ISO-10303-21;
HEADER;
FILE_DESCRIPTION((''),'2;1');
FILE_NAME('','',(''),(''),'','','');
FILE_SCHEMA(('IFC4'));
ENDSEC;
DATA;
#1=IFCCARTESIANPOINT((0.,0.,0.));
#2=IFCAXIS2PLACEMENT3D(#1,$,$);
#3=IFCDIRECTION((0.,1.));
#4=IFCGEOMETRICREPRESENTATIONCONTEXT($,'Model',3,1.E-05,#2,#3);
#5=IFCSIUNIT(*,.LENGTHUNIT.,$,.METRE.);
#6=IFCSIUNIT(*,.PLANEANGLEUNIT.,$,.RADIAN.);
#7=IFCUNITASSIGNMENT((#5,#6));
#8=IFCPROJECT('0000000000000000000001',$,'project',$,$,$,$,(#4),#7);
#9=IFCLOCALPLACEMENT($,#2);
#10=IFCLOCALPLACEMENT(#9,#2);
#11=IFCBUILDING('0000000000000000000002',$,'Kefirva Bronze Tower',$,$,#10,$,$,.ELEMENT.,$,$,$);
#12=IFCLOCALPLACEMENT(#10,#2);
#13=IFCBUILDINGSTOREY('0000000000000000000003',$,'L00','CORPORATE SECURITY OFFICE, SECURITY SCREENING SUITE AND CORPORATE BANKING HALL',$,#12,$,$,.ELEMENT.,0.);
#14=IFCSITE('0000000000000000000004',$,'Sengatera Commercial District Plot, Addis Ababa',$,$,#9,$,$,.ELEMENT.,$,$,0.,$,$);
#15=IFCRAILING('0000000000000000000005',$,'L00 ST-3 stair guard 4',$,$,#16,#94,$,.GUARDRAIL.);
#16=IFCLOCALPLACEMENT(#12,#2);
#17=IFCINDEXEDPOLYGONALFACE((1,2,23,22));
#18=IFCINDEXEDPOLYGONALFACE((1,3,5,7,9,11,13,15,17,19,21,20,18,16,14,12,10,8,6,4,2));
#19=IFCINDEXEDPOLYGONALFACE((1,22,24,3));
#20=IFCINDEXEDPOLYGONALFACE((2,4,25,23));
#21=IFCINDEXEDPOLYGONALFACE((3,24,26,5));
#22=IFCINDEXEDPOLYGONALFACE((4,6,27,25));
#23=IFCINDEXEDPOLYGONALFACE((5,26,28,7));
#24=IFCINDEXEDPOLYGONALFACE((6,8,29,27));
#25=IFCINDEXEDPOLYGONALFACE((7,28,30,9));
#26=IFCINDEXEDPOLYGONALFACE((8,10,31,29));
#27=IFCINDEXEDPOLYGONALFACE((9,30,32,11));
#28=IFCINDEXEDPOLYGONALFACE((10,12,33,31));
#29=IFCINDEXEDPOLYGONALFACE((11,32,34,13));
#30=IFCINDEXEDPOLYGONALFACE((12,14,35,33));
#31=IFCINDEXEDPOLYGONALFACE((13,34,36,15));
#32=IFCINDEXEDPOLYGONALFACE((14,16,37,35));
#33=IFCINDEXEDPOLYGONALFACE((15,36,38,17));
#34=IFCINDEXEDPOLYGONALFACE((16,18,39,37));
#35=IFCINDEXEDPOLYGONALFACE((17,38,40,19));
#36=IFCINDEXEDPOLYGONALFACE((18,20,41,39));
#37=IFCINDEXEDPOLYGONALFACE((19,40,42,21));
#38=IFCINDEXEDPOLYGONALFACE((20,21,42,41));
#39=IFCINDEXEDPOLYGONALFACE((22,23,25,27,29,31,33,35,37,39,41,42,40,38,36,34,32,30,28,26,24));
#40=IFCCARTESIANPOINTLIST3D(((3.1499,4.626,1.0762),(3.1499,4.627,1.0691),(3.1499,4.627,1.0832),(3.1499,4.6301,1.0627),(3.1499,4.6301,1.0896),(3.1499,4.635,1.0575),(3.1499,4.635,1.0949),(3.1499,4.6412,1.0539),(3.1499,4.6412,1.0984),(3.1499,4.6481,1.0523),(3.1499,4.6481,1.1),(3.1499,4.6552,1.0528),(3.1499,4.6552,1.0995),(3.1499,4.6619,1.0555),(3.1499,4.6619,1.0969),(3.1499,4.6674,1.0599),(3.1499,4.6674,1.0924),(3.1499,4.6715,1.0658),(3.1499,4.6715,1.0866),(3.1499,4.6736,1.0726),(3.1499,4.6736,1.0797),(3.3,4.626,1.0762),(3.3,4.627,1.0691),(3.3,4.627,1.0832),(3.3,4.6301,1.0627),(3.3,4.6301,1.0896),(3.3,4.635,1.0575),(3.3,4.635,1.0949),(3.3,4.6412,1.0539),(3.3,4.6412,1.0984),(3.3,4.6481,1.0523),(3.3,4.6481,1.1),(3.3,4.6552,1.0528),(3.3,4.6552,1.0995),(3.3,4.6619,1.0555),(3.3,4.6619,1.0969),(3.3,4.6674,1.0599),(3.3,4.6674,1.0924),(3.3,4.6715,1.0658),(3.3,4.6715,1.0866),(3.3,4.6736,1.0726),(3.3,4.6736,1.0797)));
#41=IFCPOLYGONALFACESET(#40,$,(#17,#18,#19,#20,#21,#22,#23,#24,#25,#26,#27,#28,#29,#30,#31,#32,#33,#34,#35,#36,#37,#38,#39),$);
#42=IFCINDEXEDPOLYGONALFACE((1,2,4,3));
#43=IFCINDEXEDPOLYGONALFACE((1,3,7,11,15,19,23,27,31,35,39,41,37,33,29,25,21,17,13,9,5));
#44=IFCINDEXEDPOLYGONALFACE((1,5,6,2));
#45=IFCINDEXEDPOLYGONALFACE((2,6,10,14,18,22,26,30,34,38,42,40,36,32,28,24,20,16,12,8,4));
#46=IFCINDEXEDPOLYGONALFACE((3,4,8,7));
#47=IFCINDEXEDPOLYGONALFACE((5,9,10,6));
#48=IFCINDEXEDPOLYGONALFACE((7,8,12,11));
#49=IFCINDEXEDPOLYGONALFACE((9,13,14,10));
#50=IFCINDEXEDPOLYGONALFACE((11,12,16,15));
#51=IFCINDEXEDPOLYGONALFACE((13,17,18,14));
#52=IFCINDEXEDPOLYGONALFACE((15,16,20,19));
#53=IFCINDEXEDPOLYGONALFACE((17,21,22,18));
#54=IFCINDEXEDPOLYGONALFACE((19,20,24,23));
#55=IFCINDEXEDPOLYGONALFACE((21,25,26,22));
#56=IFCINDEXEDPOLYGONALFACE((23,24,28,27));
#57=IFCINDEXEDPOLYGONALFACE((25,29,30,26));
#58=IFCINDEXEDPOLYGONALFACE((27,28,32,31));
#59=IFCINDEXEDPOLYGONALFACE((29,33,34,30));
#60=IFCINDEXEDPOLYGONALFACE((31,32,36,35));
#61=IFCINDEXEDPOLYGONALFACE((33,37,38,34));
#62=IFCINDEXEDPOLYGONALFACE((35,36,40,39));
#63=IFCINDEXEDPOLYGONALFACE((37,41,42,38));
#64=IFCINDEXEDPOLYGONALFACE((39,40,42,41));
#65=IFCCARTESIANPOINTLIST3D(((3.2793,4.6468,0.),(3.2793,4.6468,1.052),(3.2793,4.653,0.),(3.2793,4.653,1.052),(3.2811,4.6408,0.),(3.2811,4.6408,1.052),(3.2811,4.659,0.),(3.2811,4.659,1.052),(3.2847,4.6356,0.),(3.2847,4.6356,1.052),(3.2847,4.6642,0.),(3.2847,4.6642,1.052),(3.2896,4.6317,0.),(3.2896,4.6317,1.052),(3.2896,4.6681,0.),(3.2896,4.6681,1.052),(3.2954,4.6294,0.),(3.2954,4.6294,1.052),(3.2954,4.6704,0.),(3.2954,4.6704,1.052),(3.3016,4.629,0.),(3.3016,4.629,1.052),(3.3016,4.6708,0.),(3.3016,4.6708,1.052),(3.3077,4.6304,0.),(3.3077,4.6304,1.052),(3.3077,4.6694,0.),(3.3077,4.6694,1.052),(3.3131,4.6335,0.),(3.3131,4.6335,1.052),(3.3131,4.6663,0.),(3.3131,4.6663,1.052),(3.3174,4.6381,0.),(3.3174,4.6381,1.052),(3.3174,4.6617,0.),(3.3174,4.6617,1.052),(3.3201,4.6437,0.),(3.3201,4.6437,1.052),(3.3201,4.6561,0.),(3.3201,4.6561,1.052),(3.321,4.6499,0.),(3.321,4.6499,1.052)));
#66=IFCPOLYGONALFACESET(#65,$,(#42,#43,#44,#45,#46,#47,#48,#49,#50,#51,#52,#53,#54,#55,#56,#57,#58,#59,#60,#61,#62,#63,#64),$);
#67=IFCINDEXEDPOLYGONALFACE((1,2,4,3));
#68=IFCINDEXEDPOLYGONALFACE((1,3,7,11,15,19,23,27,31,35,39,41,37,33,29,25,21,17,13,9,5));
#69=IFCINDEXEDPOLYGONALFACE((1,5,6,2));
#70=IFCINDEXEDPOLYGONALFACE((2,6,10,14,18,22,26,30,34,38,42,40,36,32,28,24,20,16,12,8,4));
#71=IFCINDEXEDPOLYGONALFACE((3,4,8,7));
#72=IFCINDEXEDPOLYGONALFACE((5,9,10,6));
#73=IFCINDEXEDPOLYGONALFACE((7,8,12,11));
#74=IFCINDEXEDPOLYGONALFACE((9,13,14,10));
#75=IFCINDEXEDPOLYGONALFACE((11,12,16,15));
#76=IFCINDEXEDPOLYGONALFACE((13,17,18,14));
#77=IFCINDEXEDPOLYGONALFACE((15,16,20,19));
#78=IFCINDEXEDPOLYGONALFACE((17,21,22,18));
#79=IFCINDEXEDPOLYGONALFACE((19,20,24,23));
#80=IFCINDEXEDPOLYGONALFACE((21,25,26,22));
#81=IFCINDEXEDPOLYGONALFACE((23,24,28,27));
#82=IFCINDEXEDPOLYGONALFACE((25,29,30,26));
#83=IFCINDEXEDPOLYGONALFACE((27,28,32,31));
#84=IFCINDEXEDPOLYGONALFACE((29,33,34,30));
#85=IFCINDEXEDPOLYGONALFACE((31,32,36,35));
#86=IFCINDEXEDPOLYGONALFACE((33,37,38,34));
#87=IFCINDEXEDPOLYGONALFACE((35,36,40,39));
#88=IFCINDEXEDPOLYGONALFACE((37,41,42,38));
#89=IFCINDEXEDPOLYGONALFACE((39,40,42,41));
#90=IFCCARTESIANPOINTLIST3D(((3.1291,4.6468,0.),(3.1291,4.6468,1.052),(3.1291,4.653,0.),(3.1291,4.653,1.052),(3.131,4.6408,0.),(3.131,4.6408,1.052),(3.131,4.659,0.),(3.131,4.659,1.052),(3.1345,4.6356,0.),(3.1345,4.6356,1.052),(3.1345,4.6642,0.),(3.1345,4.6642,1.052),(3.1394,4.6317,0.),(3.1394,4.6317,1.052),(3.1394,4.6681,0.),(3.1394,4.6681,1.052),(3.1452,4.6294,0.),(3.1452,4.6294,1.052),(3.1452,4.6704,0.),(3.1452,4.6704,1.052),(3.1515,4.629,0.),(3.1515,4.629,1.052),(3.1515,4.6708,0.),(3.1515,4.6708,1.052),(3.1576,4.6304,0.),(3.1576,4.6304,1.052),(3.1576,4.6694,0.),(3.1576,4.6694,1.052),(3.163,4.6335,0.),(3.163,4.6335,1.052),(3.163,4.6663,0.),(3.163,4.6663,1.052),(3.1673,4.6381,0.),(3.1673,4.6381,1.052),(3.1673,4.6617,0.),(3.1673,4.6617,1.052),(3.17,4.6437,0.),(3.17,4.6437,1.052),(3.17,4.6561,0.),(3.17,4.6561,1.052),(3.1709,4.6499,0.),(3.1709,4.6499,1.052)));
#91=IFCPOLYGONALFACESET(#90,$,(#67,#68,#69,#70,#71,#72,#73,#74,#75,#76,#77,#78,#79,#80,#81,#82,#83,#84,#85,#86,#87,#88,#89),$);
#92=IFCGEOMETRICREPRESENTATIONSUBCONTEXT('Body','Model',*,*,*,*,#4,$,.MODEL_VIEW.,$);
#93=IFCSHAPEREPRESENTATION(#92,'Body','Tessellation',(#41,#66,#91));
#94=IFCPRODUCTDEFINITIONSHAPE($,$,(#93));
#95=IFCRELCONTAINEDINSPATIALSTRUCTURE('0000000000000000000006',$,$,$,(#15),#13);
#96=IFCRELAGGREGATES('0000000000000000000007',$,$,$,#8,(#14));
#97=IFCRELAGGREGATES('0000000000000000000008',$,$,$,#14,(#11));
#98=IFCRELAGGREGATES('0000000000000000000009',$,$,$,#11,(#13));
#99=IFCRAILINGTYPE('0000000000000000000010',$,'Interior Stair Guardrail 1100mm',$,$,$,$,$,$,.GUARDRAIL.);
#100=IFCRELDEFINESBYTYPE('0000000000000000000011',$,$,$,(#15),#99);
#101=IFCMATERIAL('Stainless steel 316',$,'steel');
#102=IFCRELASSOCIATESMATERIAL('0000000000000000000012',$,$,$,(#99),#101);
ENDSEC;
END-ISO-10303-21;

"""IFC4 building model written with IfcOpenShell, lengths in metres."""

from ifc_helpers import new_model, si_unit, direction, frame, origin, origin_2d, place, context, subcontext, project, spatial, circle, extrude, material, type_object, element, save


model = new_model("IFC4")

# Units and contexts
model_context = context("Model", 3, precision=1e-05, world=origin(), true_north=direction((0.0, 1.0)))
body_context = subcontext(model_context, "Body", "Model", "MODEL_VIEW")
ifc_project = project(units=[si_unit("LENGTHUNIT", "METRE"), si_unit("PLANEANGLEUNIT", "RADIAN")], contexts=[model_context])

# Site, building, storey
site_placement = place(None, origin())
site = spatial("IfcSite", under=ifc_project, at=site_placement, Name="Sengatera Commercial District Plot, Addis Ababa", CompositionType="ELEMENT", RefElevation=0.0)
building_placement = place(site_placement, origin())
building = spatial("IfcBuilding", under=site, at=building_placement, Name="Kefirva Bronze Tower", CompositionType="ELEMENT")
storey_placement = place(building_placement, origin())
storey = spatial("IfcBuildingStorey", under=building, at=storey_placement, Name="L00", Description="CORPORATE SECURITY OFFICE, SECURITY SCREENING SUITE AND CORPORATE BANKING HALL", CompositionType="ELEMENT", Elevation=0.0)

# Railing
ifc_material_1 = material(Name="Stainless steel 316", Category="steel")
railing_type = type_object("IfcRailingType", Name="Interior Stair Guardrail 1100mm", PredefinedType="GUARDRAIL", material=ifc_material_1)
railing_1_placement = place(storey_placement, frame((3.3, 4.6499, 0.0)))
element("IfcRailing", 1, at=railing_1_placement, inside=storey, type_object=railing_type, Name="L00 ST-3 stair guard 4", PredefinedType="GUARDRAIL", context=body_context, shape_type="SweptSolid", body=[
    extrude(circle(Radius=0.0239, at=origin_2d()), frame((0.0, 0.0, 1.0762), z_axis=(-1.0, 0.0, 0.0), x_axis=(0.0, -1.0, 0.0)), (0.0, 0.0, 1.0), 0.1501),
    extrude(circle(Radius=0.021, at=origin_2d()), origin(), (0.0, 0.0, 1.0), 1.052),
    extrude(circle(Radius=0.021, at=origin_2d()), frame((-0.1501, 0.0, 0.0)), (0.0, 0.0, 1.0), 1.052),
])

save(model, "model.ifc")
